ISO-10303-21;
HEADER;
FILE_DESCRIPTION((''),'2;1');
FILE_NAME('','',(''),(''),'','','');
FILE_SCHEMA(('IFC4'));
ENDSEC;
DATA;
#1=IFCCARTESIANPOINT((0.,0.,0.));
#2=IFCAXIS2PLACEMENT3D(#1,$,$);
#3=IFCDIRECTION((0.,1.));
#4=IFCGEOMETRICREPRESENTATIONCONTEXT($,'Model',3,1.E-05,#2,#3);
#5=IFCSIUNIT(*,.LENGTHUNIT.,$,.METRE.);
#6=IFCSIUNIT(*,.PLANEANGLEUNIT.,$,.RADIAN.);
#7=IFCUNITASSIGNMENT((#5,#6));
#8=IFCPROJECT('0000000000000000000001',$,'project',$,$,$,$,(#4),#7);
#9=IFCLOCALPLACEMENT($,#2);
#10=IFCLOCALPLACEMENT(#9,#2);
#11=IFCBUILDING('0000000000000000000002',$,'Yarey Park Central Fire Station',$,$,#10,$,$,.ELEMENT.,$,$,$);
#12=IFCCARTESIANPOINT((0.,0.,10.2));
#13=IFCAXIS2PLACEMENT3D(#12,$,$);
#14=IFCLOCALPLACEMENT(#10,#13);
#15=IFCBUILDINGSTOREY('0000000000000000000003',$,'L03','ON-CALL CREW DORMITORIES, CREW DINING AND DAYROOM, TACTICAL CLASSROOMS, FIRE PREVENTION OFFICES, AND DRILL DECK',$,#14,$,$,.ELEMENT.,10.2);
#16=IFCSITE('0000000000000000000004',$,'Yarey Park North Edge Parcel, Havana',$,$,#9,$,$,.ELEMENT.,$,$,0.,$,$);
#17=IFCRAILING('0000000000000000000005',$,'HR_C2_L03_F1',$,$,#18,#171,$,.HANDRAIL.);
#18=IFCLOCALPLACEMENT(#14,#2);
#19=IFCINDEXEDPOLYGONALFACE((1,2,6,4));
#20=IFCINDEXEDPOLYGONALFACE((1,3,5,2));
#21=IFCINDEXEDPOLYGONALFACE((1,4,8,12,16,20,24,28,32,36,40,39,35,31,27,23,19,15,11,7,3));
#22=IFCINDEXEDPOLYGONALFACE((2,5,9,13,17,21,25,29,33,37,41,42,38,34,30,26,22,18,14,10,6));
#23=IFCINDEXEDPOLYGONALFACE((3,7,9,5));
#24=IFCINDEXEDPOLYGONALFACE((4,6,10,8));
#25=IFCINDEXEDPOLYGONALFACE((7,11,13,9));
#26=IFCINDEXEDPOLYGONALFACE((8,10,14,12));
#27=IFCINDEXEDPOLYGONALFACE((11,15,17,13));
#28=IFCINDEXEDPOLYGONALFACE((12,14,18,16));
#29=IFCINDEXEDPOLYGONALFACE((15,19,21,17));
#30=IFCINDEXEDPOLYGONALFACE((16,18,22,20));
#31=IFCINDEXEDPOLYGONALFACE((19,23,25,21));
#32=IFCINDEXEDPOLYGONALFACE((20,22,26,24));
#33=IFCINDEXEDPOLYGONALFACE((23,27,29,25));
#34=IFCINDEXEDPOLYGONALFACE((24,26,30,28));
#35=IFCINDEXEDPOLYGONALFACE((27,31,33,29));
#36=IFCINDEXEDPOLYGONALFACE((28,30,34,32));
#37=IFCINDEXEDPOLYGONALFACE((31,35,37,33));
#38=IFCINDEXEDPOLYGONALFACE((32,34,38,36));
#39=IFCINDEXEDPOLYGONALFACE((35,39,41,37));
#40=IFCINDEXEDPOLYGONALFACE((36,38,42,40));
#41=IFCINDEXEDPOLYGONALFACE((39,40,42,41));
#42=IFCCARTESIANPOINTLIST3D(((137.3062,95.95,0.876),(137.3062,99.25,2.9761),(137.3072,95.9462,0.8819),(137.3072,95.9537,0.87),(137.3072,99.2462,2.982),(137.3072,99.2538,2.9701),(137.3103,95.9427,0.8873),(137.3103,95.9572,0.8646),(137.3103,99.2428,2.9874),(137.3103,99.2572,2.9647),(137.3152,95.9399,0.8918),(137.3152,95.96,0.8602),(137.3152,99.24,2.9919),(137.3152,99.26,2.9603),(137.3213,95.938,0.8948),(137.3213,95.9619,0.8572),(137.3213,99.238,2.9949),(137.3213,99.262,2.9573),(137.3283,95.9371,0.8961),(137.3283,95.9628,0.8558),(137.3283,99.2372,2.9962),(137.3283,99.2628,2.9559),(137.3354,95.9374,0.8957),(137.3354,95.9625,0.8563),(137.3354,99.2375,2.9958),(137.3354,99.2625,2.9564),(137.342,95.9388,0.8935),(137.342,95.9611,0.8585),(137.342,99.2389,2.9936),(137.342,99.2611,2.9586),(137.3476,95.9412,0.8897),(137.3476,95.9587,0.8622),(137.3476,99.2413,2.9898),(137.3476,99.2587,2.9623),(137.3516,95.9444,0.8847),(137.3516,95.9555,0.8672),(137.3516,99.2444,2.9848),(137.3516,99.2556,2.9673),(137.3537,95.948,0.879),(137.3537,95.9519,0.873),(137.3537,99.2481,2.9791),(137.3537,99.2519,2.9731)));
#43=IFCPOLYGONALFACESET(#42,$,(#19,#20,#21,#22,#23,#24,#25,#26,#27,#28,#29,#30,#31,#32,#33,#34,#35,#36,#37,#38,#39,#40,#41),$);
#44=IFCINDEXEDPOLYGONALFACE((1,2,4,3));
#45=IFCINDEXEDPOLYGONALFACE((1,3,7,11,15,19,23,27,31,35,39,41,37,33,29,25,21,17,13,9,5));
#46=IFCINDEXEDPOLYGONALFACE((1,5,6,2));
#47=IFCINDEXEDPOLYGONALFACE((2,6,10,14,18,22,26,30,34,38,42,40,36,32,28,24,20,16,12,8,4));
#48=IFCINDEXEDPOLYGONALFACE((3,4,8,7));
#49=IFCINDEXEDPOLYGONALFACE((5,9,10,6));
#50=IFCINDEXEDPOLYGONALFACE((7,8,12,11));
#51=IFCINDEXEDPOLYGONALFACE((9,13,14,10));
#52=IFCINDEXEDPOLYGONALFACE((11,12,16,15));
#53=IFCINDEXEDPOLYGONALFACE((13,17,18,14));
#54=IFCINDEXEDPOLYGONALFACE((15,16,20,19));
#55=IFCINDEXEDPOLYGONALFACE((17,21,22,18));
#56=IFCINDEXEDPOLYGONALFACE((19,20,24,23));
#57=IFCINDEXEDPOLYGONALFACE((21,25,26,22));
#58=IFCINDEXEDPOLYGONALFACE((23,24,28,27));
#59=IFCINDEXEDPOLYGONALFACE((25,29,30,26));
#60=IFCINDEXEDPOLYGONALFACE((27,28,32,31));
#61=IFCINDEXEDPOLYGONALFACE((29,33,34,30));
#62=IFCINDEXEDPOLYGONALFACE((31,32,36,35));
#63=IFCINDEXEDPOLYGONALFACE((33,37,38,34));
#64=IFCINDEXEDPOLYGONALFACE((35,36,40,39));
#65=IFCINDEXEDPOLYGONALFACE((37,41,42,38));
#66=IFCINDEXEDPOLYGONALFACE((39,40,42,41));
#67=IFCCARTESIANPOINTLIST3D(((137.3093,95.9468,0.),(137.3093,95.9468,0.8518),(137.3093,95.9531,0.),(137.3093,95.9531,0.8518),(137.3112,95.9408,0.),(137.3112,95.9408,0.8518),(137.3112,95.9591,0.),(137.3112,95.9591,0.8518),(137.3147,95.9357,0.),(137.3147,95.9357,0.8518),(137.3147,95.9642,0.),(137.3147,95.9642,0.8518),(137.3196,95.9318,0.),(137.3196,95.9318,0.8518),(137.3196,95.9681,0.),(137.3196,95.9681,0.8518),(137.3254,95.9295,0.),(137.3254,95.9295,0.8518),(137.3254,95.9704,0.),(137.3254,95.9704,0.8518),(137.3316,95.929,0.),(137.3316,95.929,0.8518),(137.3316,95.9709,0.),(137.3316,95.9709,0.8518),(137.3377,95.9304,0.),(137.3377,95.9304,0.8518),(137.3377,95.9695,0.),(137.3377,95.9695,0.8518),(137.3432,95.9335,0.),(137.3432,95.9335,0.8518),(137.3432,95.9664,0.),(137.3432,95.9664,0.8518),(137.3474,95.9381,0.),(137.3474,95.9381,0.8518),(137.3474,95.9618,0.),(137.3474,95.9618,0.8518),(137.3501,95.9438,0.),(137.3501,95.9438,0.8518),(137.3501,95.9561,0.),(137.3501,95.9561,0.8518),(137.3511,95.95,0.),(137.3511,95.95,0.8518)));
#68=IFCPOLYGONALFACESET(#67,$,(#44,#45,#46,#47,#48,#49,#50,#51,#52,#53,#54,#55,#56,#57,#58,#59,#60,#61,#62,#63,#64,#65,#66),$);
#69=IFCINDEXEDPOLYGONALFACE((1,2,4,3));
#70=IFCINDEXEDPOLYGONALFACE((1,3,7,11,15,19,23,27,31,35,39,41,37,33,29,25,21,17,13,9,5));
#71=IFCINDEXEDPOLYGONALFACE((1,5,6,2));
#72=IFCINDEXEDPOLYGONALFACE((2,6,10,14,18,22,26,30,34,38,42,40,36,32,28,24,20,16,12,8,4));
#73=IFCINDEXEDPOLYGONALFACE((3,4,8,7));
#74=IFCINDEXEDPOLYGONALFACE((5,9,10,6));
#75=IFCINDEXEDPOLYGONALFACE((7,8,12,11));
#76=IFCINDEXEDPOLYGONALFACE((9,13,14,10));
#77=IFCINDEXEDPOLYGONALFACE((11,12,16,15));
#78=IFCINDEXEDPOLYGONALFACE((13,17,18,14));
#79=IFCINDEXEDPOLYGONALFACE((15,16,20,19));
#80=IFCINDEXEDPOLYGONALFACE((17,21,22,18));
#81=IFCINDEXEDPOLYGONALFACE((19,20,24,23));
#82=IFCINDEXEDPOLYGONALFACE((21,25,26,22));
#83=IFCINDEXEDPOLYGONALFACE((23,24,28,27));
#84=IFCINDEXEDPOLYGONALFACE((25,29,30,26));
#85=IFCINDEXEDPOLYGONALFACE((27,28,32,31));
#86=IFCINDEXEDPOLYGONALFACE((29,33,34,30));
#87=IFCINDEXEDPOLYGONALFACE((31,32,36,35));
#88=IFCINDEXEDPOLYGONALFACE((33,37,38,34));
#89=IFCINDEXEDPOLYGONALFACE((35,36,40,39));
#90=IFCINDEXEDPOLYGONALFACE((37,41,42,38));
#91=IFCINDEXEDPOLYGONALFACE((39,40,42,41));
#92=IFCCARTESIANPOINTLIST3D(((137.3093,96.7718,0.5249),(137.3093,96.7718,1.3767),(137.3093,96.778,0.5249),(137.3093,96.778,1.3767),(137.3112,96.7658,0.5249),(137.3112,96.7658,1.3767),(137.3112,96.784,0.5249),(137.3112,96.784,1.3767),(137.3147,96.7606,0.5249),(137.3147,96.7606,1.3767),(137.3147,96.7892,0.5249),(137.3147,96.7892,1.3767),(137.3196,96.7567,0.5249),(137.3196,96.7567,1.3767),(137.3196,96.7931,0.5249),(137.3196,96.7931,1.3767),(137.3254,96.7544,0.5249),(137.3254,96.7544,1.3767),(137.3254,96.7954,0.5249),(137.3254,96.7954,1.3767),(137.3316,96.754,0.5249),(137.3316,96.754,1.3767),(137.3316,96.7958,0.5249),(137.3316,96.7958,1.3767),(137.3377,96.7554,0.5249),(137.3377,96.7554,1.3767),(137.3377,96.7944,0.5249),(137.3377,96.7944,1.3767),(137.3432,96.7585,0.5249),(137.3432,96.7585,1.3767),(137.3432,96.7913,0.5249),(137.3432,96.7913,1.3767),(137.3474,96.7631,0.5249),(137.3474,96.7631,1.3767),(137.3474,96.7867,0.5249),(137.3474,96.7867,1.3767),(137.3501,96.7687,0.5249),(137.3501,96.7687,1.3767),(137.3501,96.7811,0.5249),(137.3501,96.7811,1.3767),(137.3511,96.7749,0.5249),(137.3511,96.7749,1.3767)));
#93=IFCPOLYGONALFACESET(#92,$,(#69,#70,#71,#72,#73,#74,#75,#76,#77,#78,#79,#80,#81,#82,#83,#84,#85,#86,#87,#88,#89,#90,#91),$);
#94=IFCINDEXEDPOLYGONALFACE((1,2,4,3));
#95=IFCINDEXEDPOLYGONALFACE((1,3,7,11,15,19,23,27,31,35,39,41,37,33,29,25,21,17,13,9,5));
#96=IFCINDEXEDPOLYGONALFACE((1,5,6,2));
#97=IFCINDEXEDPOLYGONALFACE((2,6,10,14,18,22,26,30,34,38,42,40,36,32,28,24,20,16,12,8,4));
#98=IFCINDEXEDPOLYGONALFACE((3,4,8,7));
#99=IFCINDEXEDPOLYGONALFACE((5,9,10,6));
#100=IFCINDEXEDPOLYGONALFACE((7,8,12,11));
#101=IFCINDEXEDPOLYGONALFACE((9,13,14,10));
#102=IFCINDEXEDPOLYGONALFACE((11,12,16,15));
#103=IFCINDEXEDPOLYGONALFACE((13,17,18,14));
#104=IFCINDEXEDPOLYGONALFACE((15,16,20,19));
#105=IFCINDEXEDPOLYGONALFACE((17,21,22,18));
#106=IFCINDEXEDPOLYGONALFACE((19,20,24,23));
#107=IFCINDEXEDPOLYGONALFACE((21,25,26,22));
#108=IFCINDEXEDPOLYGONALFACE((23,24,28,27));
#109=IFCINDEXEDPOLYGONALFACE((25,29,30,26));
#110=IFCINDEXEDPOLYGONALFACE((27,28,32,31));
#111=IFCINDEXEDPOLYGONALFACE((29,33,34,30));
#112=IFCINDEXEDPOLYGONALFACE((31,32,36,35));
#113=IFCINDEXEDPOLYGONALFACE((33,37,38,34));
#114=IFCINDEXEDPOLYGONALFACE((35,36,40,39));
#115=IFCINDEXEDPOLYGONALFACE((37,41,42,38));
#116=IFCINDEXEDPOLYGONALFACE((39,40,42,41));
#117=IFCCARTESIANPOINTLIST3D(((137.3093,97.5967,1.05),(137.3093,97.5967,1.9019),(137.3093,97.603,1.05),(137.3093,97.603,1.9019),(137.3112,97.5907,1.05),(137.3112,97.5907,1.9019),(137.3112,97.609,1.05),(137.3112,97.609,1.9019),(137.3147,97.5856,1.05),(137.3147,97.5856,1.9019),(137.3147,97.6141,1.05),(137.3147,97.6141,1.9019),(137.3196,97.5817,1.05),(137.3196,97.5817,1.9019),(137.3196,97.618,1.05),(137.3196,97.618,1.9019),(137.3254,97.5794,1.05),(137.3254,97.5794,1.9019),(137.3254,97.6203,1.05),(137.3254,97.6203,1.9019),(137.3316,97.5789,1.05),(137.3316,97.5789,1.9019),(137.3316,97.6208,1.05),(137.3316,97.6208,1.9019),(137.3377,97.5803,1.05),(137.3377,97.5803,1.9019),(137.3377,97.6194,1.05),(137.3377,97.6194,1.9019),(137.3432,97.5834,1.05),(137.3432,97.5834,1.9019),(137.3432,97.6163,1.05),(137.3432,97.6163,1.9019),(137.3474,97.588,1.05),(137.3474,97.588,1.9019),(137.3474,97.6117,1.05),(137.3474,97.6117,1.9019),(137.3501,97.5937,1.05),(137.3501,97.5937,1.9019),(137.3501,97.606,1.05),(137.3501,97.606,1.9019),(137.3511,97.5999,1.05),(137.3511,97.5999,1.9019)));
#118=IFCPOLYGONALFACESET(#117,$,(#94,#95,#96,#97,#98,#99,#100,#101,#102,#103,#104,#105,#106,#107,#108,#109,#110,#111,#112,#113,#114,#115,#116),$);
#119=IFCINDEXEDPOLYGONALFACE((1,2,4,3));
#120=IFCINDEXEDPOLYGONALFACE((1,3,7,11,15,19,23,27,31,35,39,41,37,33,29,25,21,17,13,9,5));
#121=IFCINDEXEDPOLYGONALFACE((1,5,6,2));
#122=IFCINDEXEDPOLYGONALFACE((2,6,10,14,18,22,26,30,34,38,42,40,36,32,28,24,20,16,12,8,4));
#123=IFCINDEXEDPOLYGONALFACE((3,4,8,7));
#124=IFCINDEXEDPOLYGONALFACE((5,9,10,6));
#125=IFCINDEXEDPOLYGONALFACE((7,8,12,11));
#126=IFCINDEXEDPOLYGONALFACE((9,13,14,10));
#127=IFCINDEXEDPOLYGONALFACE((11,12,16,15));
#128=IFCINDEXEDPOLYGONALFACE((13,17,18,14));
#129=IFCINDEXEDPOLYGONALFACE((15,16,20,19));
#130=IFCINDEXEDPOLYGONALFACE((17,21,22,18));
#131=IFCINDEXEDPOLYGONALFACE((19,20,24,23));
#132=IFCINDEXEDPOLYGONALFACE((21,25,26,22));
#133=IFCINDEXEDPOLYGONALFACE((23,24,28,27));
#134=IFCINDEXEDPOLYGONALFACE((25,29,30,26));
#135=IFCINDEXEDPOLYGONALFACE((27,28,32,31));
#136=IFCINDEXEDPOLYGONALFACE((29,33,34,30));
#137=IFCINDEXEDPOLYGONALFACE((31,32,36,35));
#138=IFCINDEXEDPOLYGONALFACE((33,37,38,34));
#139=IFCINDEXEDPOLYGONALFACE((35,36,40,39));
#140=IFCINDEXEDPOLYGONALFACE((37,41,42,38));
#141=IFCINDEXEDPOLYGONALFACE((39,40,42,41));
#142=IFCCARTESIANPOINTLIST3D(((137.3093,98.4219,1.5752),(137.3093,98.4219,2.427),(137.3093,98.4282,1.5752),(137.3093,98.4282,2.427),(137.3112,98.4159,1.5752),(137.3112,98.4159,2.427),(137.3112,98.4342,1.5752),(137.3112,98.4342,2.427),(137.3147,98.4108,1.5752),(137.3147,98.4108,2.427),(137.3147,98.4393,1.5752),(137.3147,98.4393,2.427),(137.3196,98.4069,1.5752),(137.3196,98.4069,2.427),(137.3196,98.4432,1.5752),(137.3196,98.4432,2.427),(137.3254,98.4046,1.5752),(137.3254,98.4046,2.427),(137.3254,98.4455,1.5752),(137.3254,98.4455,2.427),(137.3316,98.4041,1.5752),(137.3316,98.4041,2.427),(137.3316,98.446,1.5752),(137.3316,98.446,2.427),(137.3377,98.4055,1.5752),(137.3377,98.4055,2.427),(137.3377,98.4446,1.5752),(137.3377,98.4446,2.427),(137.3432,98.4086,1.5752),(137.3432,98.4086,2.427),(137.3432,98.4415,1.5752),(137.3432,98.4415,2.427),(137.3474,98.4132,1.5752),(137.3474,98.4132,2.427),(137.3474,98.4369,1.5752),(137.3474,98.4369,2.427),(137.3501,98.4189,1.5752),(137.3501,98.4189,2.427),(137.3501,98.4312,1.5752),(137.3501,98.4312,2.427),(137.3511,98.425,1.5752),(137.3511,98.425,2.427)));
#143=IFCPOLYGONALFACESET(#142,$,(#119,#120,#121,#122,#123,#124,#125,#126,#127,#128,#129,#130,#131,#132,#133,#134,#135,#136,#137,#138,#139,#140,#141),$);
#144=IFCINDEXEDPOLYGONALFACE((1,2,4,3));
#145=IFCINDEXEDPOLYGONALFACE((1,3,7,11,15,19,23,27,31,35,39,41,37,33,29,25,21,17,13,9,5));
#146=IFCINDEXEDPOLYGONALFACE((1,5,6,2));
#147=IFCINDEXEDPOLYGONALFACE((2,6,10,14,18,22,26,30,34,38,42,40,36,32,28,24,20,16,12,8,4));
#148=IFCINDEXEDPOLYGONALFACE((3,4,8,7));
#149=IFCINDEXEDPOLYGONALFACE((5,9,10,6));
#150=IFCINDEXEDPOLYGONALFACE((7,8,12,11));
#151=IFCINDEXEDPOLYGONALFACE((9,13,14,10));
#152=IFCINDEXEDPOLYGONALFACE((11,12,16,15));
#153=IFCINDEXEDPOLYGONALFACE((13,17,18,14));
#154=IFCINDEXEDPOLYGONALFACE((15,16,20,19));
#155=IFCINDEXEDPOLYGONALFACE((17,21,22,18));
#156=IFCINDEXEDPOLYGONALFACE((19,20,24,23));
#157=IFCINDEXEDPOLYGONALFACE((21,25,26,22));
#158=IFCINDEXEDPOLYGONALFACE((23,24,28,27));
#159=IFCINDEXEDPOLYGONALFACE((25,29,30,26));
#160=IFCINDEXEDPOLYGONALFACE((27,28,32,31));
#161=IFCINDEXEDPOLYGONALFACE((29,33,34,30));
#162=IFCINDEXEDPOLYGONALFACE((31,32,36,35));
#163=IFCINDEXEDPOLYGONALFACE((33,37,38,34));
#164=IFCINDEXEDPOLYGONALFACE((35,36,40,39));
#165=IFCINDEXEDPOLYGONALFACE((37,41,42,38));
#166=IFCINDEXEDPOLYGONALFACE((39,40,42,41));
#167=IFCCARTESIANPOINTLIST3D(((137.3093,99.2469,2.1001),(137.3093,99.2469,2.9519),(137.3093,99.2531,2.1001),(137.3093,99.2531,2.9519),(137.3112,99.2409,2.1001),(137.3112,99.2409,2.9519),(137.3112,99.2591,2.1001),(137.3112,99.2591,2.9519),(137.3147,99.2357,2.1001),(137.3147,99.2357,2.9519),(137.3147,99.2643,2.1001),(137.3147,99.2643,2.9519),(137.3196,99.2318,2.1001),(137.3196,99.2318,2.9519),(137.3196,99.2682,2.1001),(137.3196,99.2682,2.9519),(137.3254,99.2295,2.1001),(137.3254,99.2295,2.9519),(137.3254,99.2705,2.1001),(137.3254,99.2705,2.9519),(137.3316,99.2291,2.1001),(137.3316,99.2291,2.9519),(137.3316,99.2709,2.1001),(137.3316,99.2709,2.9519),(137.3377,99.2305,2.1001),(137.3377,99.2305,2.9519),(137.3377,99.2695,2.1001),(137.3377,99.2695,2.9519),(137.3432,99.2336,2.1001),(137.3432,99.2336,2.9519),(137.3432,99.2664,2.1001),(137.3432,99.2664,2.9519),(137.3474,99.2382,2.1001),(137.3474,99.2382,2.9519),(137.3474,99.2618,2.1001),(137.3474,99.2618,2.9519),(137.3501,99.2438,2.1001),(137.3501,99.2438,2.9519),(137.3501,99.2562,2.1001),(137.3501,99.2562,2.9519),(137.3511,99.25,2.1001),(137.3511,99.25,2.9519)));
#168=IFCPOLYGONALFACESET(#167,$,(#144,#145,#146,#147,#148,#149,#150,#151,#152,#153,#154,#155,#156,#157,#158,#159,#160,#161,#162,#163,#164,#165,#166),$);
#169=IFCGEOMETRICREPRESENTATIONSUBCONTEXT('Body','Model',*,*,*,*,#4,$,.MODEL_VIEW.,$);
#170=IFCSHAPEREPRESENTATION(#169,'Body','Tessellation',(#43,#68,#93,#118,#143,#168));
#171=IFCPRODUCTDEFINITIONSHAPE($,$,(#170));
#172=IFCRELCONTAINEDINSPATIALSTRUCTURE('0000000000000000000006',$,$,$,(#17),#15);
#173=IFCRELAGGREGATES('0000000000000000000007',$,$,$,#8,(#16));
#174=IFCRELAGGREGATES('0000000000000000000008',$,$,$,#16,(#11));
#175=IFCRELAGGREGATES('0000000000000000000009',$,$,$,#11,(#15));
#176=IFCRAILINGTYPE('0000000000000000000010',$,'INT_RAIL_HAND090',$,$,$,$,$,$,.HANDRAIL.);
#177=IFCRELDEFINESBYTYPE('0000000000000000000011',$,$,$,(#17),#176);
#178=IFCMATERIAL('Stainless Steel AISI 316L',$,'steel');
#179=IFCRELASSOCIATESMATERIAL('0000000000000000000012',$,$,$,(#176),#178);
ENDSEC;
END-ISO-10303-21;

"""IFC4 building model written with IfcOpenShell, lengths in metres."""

from ifc_helpers import new_model, si_unit, direction, frame, origin, origin_2d, place, context, subcontext, project, spatial, circle, extrude, material, type_object, element, save


model = new_model("IFC4")

# Units and contexts
model_context = context("Model", 3, precision=1e-05, world=origin(), true_north=direction((0.0, 1.0)))
body_context = subcontext(model_context, "Body", "Model", "MODEL_VIEW")
ifc_project = project(units=[si_unit("LENGTHUNIT", "METRE"), si_unit("PLANEANGLEUNIT", "RADIAN")], contexts=[model_context])

# Site, building, storey
site_placement = place(None, origin())
site = spatial("IfcSite", under=ifc_project, at=site_placement, Name="Yarey Park North Edge Parcel, Havana", CompositionType="ELEMENT", RefElevation=0.0)
building_placement = place(site_placement, origin())
building = spatial("IfcBuilding", under=site, at=building_placement, Name="Yarey Park Central Fire Station", CompositionType="ELEMENT")
storey_placement = place(building_placement, frame((0.0, 0.0, 10.2)))
storey = spatial("IfcBuildingStorey", under=building, at=storey_placement, Name="L03", Description="ON-CALL CREW DORMITORIES, CREW DINING AND DAYROOM, TACTICAL CLASSROOMS, FIRE PREVENTION OFFICES, AND DRILL DECK", CompositionType="ELEMENT", Elevation=10.2)

# Railing
ifc_material_1 = material(Name="Stainless Steel AISI 316L", Category="steel")
railing_type_1 = type_object("IfcRailingType", Name="INT_RAIL_HAND090", PredefinedType="HANDRAIL", material=ifc_material_1)
railing_1_placement = place(storey_placement, frame((137.3301, 95.95, 0.0)))
element("IfcRailing", 1, at=railing_1_placement, inside=storey, type_object=railing_type_1, Name="HR_C2_L03_F1", PredefinedType="HANDRAIL", context=body_context, shape_type="SweptSolid", body=[
    extrude(circle(Radius=0.0239, at=origin_2d()), frame((0.0, 0.0, 0.876), z_axis=(0.0, 0.843654, 0.536888), x_axis=(-1.0, 0.0, 0.0)), (0.0, 0.0, 1.0), 3.9116),
    extrude(circle(Radius=0.021, at=origin_2d()), origin(), (0.0, 0.0, 1.0), 0.8518),
    extrude(circle(Radius=0.021, at=origin_2d()), frame((0.0, 0.825, 0.5249)), (0.0, 0.0, 1.0), 0.8518),
    extrude(circle(Radius=0.021, at=origin_2d()), frame((0.0, 1.6499, 1.05)), (0.0, 0.0, 1.0), 0.8518),
    extrude(circle(Radius=0.021, at=origin_2d()), frame((0.0, 2.4751, 1.5752)), (0.0, 0.0, 1.0), 0.8518),
    extrude(circle(Radius=0.021, at=origin_2d()), frame((0.0, 3.3, 2.1001)), (0.0, 0.0, 1.0), 0.8518),
])

save(model, "model.ifc")
